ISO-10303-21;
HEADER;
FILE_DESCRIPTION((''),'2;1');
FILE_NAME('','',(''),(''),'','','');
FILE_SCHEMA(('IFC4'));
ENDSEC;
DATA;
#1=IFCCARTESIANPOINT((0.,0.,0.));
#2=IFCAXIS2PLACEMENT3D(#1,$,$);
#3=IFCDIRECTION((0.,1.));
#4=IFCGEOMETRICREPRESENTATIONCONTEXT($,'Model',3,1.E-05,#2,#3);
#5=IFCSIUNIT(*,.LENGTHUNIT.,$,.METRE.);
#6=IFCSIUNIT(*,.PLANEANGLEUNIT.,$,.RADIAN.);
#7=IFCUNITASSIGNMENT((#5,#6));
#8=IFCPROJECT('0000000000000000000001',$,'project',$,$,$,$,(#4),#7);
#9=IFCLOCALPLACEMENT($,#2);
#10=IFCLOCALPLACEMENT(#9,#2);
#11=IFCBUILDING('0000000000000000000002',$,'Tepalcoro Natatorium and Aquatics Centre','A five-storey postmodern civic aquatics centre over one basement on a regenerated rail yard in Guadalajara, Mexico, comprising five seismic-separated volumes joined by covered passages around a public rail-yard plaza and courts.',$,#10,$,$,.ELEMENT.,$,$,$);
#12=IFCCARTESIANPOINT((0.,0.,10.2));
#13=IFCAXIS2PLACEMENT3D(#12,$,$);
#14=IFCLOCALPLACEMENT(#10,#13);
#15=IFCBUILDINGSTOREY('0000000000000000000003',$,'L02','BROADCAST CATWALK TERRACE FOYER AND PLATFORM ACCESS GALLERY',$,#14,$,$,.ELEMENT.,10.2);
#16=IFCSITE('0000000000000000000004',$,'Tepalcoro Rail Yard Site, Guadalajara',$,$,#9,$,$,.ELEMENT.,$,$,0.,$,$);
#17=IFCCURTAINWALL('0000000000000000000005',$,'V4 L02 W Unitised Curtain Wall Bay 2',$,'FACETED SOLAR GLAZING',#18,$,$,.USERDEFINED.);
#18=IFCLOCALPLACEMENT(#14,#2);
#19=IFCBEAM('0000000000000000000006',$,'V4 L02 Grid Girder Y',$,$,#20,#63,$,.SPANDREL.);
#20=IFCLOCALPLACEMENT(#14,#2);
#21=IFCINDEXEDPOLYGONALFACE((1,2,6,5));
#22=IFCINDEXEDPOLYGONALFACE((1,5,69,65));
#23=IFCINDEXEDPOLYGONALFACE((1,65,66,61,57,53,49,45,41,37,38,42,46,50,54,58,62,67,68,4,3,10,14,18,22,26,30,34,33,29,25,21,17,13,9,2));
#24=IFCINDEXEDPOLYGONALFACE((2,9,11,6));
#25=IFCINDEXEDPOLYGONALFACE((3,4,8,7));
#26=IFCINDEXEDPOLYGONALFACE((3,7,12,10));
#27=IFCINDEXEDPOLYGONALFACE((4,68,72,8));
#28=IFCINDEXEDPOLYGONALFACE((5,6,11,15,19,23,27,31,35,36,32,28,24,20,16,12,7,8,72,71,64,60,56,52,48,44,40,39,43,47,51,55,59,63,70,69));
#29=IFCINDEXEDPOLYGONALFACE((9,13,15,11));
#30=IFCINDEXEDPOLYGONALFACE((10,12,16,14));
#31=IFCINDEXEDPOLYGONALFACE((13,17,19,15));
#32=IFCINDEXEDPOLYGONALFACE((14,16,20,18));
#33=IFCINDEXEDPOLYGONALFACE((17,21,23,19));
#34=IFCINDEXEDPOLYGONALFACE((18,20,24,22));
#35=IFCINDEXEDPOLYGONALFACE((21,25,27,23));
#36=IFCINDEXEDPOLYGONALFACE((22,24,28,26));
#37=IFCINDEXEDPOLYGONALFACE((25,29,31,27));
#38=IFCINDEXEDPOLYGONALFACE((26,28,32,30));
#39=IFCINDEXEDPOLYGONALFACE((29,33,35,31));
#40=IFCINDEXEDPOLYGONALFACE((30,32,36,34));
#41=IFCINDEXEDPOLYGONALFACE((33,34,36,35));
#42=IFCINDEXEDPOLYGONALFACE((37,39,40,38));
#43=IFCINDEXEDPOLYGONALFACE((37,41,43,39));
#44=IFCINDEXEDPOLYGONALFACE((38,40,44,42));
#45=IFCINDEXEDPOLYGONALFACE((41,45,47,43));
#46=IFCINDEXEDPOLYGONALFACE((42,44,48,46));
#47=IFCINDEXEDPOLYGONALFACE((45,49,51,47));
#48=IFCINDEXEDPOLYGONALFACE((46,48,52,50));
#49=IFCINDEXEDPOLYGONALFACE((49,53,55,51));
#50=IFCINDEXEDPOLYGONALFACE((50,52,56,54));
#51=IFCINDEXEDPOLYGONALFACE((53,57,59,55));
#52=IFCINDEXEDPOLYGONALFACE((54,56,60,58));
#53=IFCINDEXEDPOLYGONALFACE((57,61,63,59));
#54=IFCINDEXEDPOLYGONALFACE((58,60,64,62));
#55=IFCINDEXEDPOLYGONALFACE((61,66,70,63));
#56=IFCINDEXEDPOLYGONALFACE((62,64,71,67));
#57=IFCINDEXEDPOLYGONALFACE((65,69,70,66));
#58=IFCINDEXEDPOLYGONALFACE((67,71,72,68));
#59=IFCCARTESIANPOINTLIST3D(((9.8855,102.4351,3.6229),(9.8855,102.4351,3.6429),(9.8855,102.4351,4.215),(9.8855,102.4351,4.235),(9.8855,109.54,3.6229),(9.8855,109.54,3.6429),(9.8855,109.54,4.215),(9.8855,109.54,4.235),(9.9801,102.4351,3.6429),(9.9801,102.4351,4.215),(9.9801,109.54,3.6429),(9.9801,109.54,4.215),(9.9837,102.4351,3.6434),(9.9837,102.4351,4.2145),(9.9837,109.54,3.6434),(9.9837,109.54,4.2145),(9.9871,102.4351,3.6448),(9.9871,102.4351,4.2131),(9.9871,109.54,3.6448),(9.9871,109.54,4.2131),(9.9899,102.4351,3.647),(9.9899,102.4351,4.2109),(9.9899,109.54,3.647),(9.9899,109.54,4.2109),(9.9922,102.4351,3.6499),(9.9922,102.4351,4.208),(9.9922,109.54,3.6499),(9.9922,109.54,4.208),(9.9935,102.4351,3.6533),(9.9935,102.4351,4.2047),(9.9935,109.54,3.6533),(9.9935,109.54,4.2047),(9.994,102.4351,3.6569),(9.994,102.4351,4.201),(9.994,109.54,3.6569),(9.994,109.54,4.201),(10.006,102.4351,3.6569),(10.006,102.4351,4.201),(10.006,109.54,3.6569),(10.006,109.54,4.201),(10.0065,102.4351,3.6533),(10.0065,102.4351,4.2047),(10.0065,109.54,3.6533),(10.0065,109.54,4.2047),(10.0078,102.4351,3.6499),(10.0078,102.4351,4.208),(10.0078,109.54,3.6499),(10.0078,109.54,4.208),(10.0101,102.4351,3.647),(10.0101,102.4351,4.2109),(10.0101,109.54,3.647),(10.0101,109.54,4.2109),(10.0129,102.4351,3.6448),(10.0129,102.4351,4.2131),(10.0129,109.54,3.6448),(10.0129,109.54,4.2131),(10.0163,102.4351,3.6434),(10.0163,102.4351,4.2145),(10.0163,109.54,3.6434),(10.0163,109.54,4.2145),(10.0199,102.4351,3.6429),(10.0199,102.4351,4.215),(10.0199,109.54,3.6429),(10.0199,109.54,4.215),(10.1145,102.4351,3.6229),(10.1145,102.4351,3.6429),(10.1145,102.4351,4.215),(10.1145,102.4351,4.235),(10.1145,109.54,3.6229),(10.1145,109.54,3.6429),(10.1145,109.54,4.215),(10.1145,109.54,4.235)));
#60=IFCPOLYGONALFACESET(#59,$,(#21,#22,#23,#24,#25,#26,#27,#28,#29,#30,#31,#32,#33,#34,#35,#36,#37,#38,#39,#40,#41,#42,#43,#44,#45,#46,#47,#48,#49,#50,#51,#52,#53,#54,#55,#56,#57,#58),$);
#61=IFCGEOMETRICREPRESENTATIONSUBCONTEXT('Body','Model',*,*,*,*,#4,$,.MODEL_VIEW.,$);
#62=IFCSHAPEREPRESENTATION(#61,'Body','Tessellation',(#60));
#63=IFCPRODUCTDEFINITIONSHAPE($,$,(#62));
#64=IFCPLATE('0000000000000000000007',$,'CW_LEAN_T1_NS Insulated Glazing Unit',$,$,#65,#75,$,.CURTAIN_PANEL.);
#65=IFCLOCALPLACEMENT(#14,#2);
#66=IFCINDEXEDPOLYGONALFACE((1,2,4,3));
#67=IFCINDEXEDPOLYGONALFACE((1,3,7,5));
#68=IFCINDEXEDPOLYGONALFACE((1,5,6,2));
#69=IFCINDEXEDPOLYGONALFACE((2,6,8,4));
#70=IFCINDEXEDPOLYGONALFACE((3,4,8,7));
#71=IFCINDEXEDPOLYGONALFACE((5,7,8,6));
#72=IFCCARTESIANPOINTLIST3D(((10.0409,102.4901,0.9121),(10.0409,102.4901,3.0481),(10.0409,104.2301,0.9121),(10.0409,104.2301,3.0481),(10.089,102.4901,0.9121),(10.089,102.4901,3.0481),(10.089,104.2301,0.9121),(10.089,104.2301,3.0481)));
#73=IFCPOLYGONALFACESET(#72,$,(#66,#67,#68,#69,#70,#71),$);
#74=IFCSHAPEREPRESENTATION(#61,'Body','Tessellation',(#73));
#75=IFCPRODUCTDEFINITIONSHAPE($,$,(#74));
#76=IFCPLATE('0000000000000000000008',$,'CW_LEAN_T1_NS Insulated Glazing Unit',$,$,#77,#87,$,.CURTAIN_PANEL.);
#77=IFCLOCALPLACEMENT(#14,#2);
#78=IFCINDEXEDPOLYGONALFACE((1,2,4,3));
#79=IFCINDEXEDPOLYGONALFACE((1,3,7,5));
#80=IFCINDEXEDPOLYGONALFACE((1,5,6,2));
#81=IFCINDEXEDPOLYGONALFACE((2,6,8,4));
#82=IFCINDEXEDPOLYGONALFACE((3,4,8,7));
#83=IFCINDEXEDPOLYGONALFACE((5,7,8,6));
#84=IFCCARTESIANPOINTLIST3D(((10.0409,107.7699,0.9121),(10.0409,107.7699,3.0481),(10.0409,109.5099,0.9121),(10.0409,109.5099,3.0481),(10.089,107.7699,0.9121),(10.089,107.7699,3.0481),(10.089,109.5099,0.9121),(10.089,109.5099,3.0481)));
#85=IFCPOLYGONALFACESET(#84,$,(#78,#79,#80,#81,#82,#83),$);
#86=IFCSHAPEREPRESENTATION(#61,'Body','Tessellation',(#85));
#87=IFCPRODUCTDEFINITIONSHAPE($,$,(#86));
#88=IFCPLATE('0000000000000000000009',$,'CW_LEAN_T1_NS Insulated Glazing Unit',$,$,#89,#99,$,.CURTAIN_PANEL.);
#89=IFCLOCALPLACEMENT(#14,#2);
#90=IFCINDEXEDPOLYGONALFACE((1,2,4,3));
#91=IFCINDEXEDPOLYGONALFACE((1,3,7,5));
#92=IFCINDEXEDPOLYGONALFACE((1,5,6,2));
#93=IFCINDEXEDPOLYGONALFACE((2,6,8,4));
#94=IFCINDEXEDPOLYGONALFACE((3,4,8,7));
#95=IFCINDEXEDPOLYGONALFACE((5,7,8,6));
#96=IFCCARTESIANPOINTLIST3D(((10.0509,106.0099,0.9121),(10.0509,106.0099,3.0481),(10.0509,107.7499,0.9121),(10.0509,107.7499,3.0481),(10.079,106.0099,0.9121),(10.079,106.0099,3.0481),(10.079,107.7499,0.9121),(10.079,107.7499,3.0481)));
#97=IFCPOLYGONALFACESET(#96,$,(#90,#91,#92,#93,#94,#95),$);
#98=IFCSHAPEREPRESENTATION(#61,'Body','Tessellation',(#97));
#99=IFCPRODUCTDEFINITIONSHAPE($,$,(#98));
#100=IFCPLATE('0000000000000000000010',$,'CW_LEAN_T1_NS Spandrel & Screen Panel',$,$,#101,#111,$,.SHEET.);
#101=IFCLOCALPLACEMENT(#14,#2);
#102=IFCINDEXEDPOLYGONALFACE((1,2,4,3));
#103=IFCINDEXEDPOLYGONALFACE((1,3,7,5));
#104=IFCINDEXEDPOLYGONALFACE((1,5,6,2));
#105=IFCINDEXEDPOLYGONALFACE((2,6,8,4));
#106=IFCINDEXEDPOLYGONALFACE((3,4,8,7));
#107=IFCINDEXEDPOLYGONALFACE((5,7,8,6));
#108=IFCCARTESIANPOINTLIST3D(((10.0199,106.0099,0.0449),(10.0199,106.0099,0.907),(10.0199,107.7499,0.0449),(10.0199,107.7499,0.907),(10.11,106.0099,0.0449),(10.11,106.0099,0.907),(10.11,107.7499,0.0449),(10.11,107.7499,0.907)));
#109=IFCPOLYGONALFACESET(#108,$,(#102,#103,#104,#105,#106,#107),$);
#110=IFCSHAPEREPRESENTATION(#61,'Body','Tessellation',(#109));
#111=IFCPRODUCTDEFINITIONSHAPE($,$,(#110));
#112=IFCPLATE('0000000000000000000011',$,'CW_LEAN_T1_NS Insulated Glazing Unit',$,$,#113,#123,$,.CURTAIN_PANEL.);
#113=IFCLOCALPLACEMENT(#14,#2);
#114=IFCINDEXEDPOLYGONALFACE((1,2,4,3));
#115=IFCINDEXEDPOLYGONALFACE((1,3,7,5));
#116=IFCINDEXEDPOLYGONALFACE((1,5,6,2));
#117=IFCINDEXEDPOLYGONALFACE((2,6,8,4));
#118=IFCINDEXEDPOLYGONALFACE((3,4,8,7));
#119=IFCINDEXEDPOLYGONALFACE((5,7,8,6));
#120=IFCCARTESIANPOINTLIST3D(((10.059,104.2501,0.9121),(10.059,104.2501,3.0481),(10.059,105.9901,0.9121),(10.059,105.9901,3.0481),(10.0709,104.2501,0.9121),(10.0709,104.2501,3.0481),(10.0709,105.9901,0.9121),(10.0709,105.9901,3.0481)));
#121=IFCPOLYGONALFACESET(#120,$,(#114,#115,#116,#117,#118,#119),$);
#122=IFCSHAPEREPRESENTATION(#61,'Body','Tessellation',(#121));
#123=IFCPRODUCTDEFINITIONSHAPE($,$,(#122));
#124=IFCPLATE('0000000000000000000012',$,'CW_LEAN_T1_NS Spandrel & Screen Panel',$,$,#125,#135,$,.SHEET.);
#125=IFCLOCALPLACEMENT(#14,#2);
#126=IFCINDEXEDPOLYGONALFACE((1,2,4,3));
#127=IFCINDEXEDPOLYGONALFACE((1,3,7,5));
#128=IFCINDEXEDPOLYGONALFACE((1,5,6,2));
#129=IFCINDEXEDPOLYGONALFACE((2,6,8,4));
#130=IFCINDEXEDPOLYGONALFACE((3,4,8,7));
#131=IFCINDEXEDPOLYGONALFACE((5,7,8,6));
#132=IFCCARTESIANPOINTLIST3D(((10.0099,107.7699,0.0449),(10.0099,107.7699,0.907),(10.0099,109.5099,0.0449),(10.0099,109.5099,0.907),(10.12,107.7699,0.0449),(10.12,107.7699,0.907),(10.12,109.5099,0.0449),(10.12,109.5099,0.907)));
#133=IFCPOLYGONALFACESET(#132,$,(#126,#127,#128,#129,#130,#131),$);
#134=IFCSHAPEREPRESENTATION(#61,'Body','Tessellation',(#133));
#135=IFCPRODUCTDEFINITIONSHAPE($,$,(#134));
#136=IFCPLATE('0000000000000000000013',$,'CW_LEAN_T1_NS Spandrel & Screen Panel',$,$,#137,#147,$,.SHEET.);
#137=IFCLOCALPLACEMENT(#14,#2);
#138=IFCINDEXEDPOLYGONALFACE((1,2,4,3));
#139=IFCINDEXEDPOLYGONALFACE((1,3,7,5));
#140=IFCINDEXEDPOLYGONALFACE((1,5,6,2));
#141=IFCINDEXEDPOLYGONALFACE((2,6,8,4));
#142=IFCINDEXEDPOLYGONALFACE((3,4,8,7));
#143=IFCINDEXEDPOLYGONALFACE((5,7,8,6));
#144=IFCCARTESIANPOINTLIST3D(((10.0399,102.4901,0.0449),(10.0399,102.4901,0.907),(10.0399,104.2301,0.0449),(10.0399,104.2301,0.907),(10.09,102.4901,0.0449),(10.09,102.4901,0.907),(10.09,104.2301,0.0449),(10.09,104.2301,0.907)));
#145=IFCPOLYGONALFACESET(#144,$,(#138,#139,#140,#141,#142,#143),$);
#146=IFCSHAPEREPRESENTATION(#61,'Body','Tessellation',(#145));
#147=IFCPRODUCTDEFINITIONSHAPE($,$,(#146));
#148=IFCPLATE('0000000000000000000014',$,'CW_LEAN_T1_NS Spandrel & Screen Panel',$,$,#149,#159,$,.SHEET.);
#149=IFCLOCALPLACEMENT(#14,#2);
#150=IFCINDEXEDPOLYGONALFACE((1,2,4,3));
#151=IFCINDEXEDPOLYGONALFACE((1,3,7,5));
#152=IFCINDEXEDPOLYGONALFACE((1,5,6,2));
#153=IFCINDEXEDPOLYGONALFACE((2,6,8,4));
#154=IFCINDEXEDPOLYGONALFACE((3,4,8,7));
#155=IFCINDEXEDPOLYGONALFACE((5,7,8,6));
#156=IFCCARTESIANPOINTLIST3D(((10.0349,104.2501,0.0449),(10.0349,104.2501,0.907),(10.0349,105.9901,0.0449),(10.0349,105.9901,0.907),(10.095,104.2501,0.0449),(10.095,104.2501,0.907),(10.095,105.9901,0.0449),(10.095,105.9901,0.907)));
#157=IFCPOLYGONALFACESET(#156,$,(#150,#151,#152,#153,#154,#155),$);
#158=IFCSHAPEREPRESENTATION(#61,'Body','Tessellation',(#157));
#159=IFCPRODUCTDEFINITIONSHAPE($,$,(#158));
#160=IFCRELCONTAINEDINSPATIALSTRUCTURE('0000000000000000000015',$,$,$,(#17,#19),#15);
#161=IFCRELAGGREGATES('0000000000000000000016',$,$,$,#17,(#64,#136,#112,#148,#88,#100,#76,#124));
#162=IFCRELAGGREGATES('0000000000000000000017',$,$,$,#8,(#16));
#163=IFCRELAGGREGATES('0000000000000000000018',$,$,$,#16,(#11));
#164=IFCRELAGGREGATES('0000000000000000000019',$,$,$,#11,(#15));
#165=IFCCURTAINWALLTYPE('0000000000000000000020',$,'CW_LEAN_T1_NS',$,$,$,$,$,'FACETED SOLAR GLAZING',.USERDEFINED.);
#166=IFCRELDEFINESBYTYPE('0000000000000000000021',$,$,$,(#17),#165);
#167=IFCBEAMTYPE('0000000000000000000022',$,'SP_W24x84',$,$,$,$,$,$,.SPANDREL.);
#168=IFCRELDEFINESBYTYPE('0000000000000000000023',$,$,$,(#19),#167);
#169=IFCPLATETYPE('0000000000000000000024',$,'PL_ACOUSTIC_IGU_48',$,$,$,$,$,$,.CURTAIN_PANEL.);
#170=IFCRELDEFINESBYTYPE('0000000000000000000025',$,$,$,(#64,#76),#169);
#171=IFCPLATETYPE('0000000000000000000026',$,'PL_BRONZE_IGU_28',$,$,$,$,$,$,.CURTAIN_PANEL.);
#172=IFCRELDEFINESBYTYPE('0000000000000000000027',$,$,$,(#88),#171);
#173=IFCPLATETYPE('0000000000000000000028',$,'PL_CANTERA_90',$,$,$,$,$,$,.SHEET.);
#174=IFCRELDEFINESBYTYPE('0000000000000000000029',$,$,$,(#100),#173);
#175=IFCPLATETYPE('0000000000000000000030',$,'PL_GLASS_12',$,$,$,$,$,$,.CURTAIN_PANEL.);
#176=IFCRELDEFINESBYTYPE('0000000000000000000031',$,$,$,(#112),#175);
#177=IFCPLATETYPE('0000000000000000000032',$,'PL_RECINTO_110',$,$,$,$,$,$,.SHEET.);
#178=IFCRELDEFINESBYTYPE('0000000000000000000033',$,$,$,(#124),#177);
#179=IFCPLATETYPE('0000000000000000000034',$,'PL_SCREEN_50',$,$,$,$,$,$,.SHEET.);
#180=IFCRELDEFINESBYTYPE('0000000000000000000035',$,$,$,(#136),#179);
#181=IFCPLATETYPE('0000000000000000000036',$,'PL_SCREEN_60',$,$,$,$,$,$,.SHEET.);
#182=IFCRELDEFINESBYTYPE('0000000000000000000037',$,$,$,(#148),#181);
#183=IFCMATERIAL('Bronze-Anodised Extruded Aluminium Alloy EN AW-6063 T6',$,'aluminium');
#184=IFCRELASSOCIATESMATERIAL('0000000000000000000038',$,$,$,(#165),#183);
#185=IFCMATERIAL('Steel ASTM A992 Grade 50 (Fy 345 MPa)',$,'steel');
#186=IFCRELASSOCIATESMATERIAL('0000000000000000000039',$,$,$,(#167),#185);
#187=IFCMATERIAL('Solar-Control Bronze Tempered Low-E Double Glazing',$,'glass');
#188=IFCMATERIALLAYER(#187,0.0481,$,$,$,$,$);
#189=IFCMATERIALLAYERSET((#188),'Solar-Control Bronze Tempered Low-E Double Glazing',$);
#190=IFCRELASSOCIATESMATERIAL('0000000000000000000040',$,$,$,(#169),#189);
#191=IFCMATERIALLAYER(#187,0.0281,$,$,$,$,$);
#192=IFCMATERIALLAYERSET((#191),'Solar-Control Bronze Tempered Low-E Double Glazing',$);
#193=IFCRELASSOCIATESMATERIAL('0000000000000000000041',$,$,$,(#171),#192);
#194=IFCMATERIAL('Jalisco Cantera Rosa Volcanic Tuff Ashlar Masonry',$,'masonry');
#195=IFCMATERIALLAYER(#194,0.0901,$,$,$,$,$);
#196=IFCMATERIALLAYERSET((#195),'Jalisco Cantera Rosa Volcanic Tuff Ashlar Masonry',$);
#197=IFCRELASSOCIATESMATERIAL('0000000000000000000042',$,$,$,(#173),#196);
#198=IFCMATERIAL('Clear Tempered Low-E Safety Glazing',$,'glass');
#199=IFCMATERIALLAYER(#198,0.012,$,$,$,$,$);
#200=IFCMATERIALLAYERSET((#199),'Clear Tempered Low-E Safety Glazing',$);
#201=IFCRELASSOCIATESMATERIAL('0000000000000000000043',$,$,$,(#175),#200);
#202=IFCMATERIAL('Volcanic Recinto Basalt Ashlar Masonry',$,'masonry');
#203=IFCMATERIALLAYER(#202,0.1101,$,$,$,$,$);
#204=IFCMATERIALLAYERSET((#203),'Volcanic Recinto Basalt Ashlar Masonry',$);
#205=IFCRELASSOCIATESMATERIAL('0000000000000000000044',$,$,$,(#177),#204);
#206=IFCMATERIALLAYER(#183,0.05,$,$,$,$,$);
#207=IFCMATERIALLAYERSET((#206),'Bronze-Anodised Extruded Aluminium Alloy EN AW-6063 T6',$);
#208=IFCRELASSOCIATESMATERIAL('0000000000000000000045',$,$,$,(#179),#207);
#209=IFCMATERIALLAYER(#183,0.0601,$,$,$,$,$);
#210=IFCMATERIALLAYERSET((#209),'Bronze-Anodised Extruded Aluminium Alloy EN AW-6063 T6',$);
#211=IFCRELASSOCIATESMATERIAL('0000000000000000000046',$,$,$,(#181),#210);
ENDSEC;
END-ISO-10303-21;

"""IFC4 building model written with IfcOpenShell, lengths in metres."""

from ifc_helpers import new_model, si_unit, direction, frame, origin, origin_2d, place, context, subcontext, project, spatial, rectangle, i_section, extrude, material, layer, layer_set, material_profile, profile_set, type_object, element, aggregate, save


model = new_model("IFC4")

# Units and contexts
model_context = context("Model", 3, precision=1e-05, world=origin(), true_north=direction((0.0, 1.0)))
body_context = subcontext(model_context, "Body", "Model", "MODEL_VIEW")
ifc_project = project(units=[si_unit("LENGTHUNIT", "METRE"), si_unit("PLANEANGLEUNIT", "RADIAN")], contexts=[model_context])

# Site, building, storey
site_placement = place(None, origin())
site = spatial("IfcSite", under=ifc_project, at=site_placement, Name="Tepalcoro Rail Yard Site, Guadalajara", CompositionType="ELEMENT", RefElevation=0.0)
building_placement = place(site_placement, origin())
building = spatial("IfcBuilding", under=site, at=building_placement, Name="Tepalcoro Natatorium and Aquatics Centre", Description="A five-storey postmodern civic aquatics centre over one basement on a regenerated rail yard in Guadalajara, Mexico, comprising five seismic-separated volumes joined by covered passages around a public rail-yard plaza and courts.", CompositionType="ELEMENT")
storey_placement = place(building_placement, frame((0.0, 0.0, 10.2)))
storey = spatial("IfcBuildingStorey", under=building, at=storey_placement, Name="L02", Description="BROADCAST CATWALK TERRACE FOYER AND PLATFORM ACCESS GALLERY", CompositionType="ELEMENT", Elevation=10.2)

# Curtain wall
ifc_material_1 = material(Name="Bronze-Anodised Extruded Aluminium Alloy EN AW-6063 T6", Category="aluminium")
curtain_wall_type = type_object("IfcCurtainWallType", Name="CW_LEAN_T1_NS", ElementType="FACETED SOLAR GLAZING", PredefinedType="USERDEFINED", material=ifc_material_1)
curtain_wall_placement = place(storey_placement, origin())
curtain_wall = element("IfcCurtainWall", 1, at=curtain_wall_placement, inside=storey, type_object=curtain_wall_type, Name="V4 L02 W Unitised Curtain Wall Bay 2", ObjectType="FACETED SOLAR GLAZING", PredefinedType="USERDEFINED")

# Beam
ifc_material_2 = material(Name="Steel ASTM A992 Grade 50 (Fy 345 MPa)", Category="steel")
ifc_material_profile_1 = material_profile(ifc_material_2, i_section(OverallWidth=0.229, OverallDepth=0.6121, WebThickness=0.012, FlangeThickness=0.02, FilletRadius=0.0139, at=origin_2d()), Name="W24X84")
ifc_profile_set_1 = profile_set([ifc_material_profile_1], Name="Steel ASTM A992 Grade 50 (Fy 345 MPa)")
beam_type = type_object("IfcBeamType", Name="SP_W24x84", PredefinedType="SPANDREL", material=ifc_profile_set_1)
beam_placement = place(storey_placement, frame((10.0, 102.4351, 3.929), z_axis=(0.0, 1.0, 0.0), x_axis=(-1.0, 0.0, 0.0)))
element("IfcBeam", 2, at=beam_placement, inside=storey, type_object=beam_type, Name="V4 L02 Grid Girder Y", PredefinedType="SPANDREL", context=body_context, shape_type="SweptSolid", body=[
    extrude(i_section(OverallWidth=0.229, OverallDepth=0.6121, WebThickness=0.012, FlangeThickness=0.02, FilletRadius=0.0139, at=origin_2d()), origin(), (0.0, 0.0, 1.0), 7.105),
])

# Plates
ifc_material_3 = material(Name="Solar-Control Bronze Tempered Low-E Double Glazing", Category="glass")
ifc_layer_1 = layer(ifc_material_3, 0.0481)
ifc_layer_set_1 = layer_set([ifc_layer_1], Name="Solar-Control Bronze Tempered Low-E Double Glazing")
plate_type_1 = type_object("IfcPlateType", Name="PL_ACOUSTIC_IGU_48", PredefinedType="CURTAIN_PANEL", material=ifc_layer_set_1)
plate_1_placement = place(storey_placement, frame((10.0649, 103.3601, 0.9121), z_axis=(0.0, 0.0, 1.0), x_axis=(1.0, 0.0, 0.0)))
plate_1 = element("IfcPlate", 3, at=plate_1_placement, type_object=plate_type_1, Name="CW_LEAN_T1_NS Insulated Glazing Unit", PredefinedType="CURTAIN_PANEL", context=body_context, shape_type="SweptSolid", body=[
    extrude(rectangle(XDim=0.0481, YDim=1.74, at=origin_2d()), origin(), (0.0, 0.0, 1.0), 2.136),
])
plate_2_placement = place(storey_placement, frame((10.0649, 108.6399, 0.9121), z_axis=(0.0, 0.0, 1.0), x_axis=(1.0, 0.0, 0.0)))
plate_2 = element("IfcPlate", 4, at=plate_2_placement, type_object=plate_type_1, Name="CW_LEAN_T1_NS Insulated Glazing Unit", PredefinedType="CURTAIN_PANEL", context=body_context, shape_type="SweptSolid", body=[
    extrude(rectangle(XDim=0.0481, YDim=1.74, at=origin_2d()), origin(), (0.0, 0.0, 1.0), 2.136),
])
ifc_layer_2 = layer(ifc_material_3, 0.0281)
ifc_layer_set_2 = layer_set([ifc_layer_2], Name="Solar-Control Bronze Tempered Low-E Double Glazing")
plate_type_2 = type_object("IfcPlateType", Name="PL_BRONZE_IGU_28", PredefinedType="CURTAIN_PANEL", material=ifc_layer_set_2)
plate_3_placement = place(storey_placement, frame((10.0649, 106.8799, 0.9121), z_axis=(0.0, 0.0, 1.0), x_axis=(1.0, 0.0, 0.0)))
plate_3 = element("IfcPlate", 5, at=plate_3_placement, type_object=plate_type_2, Name="CW_LEAN_T1_NS Insulated Glazing Unit", PredefinedType="CURTAIN_PANEL", context=body_context, shape_type="SweptSolid", body=[
    extrude(rectangle(XDim=0.0281, YDim=1.74, at=origin_2d()), origin(), (0.0, 0.0, 1.0), 2.136),
])
ifc_material_4 = material(Name="Jalisco Cantera Rosa Volcanic Tuff Ashlar Masonry", Category="masonry")
ifc_layer_3 = layer(ifc_material_4, 0.0901)
ifc_layer_set_3 = layer_set([ifc_layer_3], Name="Jalisco Cantera Rosa Volcanic Tuff Ashlar Masonry")
plate_type_3 = type_object("IfcPlateType", Name="PL_CANTERA_90", PredefinedType="SHEET", material=ifc_layer_set_3)
plate_4_placement = place(storey_placement, frame((10.0649, 106.8799, 0.0449), z_axis=(0.0, 0.0, 1.0), x_axis=(1.0, 0.0, 0.0)))
plate_4 = element("IfcPlate", 6, at=plate_4_placement, type_object=plate_type_3, Name="CW_LEAN_T1_NS Spandrel & Screen Panel", PredefinedType="SHEET", context=body_context, shape_type="SweptSolid", body=[
    extrude(rectangle(XDim=0.0901, YDim=1.74, at=origin_2d()), origin(), (0.0, 0.0, 1.0), 0.8621),
])
ifc_material_5 = material(Name="Clear Tempered Low-E Safety Glazing", Category="glass")
ifc_layer_4 = layer(ifc_material_5, 0.012)
ifc_layer_set_4 = layer_set([ifc_layer_4], Name="Clear Tempered Low-E Safety Glazing")
plate_type_4 = type_object("IfcPlateType", Name="PL_GLASS_12", PredefinedType="CURTAIN_PANEL", material=ifc_layer_set_4)
plate_5_placement = place(storey_placement, frame((10.0649, 105.1201, 0.9121), z_axis=(0.0, 0.0, 1.0), x_axis=(1.0, 0.0, 0.0)))
plate_5 = element("IfcPlate", 7, at=plate_5_placement, type_object=plate_type_4, Name="CW_LEAN_T1_NS Insulated Glazing Unit", PredefinedType="CURTAIN_PANEL", context=body_context, shape_type="SweptSolid", body=[
    extrude(rectangle(XDim=0.012, YDim=1.74, at=origin_2d()), origin(), (0.0, 0.0, 1.0), 2.136),
])
ifc_material_6 = material(Name="Volcanic Recinto Basalt Ashlar Masonry", Category="masonry")
ifc_layer_5 = layer(ifc_material_6, 0.1101)
ifc_layer_set_5 = layer_set([ifc_layer_5], Name="Volcanic Recinto Basalt Ashlar Masonry")
plate_type_5 = type_object("IfcPlateType", Name="PL_RECINTO_110", PredefinedType="SHEET", material=ifc_layer_set_5)
plate_6_placement = place(storey_placement, frame((10.0649, 108.6399, 0.0449), z_axis=(0.0, 0.0, 1.0), x_axis=(1.0, 0.0, 0.0)))
plate_6 = element("IfcPlate", 8, at=plate_6_placement, type_object=plate_type_5, Name="CW_LEAN_T1_NS Spandrel & Screen Panel", PredefinedType="SHEET", context=body_context, shape_type="SweptSolid", body=[
    extrude(rectangle(XDim=0.1101, YDim=1.74, at=origin_2d()), origin(), (0.0, 0.0, 1.0), 0.8621),
])
ifc_layer_6 = layer(ifc_material_1, 0.05)
ifc_layer_set_6 = layer_set([ifc_layer_6], Name="Bronze-Anodised Extruded Aluminium Alloy EN AW-6063 T6")
plate_type_6 = type_object("IfcPlateType", Name="PL_SCREEN_50", PredefinedType="SHEET", material=ifc_layer_set_6)
plate_7_placement = place(storey_placement, frame((10.0649, 103.3601, 0.0449), z_axis=(0.0, 0.0, 1.0), x_axis=(1.0, 0.0, 0.0)))
plate_7 = element("IfcPlate", 9, at=plate_7_placement, type_object=plate_type_6, Name="CW_LEAN_T1_NS Spandrel & Screen Panel", PredefinedType="SHEET", context=body_context, shape_type="SweptSolid", body=[
    extrude(rectangle(XDim=0.05, YDim=1.74, at=origin_2d()), origin(), (0.0, 0.0, 1.0), 0.8621),
])
ifc_layer_7 = layer(ifc_material_1, 0.0601)
ifc_layer_set_7 = layer_set([ifc_layer_7], Name="Bronze-Anodised Extruded Aluminium Alloy EN AW-6063 T6")
plate_type_7 = type_object("IfcPlateType", Name="PL_SCREEN_60", PredefinedType="SHEET", material=ifc_layer_set_7)
plate_8_placement = place(storey_placement, frame((10.0649, 105.1201, 0.0449), z_axis=(0.0, 0.0, 1.0), x_axis=(1.0, 0.0, 0.0)))
plate_8 = element("IfcPlate", 10, at=plate_8_placement, type_object=plate_type_7, Name="CW_LEAN_T1_NS Spandrel & Screen Panel", PredefinedType="SHEET", context=body_context, shape_type="SweptSolid", body=[
    extrude(rectangle(XDim=0.0601, YDim=1.74, at=origin_2d()), origin(), (0.0, 0.0, 1.0), 0.8621),
])
aggregate(curtain_wall, [plate_1, plate_7, plate_5, plate_8, plate_3, plate_4, plate_2, plate_6])

save(model, "model.ifc")
